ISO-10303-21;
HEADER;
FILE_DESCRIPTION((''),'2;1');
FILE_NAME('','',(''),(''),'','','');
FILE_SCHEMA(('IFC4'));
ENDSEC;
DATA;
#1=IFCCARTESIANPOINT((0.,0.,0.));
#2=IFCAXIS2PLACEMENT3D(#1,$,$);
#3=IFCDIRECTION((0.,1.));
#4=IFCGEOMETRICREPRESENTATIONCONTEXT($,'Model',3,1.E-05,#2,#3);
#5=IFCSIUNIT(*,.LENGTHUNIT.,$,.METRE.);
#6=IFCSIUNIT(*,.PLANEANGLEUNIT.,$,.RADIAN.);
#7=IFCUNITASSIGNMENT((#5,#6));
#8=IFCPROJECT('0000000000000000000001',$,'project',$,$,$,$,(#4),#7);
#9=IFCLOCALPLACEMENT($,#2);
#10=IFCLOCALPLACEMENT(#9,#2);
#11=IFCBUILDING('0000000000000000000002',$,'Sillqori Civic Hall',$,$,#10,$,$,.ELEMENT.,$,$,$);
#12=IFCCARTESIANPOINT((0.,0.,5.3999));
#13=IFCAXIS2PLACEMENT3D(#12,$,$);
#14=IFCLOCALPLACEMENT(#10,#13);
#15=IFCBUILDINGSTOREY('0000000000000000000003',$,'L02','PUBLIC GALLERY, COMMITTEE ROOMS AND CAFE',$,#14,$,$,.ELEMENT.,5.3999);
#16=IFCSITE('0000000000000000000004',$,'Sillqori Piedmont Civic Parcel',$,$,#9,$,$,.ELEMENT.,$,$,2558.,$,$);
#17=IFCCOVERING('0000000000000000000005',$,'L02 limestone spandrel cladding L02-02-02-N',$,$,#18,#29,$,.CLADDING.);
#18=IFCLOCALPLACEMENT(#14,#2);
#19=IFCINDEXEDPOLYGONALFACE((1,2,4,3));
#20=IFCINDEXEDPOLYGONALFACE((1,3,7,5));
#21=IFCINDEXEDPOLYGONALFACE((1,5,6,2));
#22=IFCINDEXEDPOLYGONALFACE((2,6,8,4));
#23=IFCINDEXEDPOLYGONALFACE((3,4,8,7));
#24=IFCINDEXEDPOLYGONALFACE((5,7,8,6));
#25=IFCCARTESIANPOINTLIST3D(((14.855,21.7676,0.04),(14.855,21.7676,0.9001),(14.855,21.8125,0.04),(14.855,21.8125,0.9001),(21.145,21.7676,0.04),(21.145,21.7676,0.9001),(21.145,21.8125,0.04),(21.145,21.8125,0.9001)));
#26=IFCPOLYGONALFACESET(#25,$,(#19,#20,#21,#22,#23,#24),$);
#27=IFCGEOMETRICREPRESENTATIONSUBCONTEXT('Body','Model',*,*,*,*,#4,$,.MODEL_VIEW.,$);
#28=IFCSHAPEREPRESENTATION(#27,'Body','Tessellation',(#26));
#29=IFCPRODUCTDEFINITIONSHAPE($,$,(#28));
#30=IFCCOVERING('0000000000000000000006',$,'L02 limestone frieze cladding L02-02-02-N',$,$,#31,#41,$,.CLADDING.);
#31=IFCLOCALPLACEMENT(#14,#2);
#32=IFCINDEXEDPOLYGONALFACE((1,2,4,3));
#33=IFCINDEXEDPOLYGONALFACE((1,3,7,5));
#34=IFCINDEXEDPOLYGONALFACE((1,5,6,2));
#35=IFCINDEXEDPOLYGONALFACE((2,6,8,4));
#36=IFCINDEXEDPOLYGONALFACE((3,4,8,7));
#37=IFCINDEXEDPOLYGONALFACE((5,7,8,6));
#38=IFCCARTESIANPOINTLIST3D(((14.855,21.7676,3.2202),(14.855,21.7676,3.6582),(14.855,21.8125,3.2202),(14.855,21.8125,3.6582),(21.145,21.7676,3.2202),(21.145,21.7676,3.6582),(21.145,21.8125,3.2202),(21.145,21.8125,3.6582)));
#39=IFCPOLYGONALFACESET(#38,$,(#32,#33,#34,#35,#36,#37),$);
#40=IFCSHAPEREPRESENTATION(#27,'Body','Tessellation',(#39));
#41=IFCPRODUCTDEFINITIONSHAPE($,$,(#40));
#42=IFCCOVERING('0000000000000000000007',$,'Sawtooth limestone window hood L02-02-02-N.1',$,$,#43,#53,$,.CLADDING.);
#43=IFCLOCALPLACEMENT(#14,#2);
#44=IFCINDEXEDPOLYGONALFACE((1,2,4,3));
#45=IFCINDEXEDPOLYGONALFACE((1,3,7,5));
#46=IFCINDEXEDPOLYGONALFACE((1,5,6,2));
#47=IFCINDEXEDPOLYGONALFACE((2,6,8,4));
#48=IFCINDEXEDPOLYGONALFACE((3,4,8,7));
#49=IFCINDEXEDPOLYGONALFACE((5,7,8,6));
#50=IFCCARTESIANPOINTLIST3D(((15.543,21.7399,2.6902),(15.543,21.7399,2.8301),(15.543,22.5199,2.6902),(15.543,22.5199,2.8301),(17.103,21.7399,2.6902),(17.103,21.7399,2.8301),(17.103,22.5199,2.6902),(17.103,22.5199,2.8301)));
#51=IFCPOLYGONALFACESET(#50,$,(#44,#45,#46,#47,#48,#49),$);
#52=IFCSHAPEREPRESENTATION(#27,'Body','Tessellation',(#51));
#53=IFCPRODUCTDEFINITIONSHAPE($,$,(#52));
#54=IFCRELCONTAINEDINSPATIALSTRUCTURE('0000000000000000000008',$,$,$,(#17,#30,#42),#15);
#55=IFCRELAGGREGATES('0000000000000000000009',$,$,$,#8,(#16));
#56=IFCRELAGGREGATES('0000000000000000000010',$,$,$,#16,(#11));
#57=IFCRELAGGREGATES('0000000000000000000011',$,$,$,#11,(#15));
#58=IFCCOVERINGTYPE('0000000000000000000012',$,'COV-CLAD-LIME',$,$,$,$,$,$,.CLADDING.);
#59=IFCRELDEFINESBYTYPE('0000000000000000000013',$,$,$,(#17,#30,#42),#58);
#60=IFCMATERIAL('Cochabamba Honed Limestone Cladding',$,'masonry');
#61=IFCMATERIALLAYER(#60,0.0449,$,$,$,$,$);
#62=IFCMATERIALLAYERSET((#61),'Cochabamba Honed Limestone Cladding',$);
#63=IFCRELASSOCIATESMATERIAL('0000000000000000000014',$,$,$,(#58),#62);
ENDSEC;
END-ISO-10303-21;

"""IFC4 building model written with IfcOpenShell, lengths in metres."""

from ifc_helpers import new_model, si_unit, direction, frame, frame_2d, origin, place, context, subcontext, project, spatial, rectangle, extrude, material, layer, layer_set, type_object, element, save


model = new_model("IFC4")

# Units and contexts
model_context = context("Model", 3, precision=1e-05, world=origin(), true_north=direction((0.0, 1.0)))
body_context = subcontext(model_context, "Body", "Model", "MODEL_VIEW")
ifc_project = project(units=[si_unit("LENGTHUNIT", "METRE"), si_unit("PLANEANGLEUNIT", "RADIAN")], contexts=[model_context])

# Site, building, storey
site_placement = place(None, origin())
site = spatial("IfcSite", under=ifc_project, at=site_placement, Name="Sillqori Piedmont Civic Parcel", CompositionType="ELEMENT", RefElevation=2558.0)
building_placement = place(site_placement, origin())
building = spatial("IfcBuilding", under=site, at=building_placement, Name="Sillqori Civic Hall", CompositionType="ELEMENT")
storey_placement = place(building_placement, frame((0.0, 0.0, 5.3999)))
storey = spatial("IfcBuildingStorey", under=building, at=storey_placement, Name="L02", Description="PUBLIC GALLERY, COMMITTEE ROOMS AND CAFE", CompositionType="ELEMENT", Elevation=5.3999)

# Coverings
ifc_material_1 = material(Name="Cochabamba Honed Limestone Cladding", Category="masonry")
ifc_layer_1 = layer(ifc_material_1, 0.0449)
ifc_layer_set_1 = layer_set([ifc_layer_1], Name="Cochabamba Honed Limestone Cladding")
covering_type = type_object("IfcCoveringType", Name="COV-CLAD-LIME", PredefinedType="CLADDING", material=ifc_layer_set_1)
covering_1_placement = place(storey_placement, frame((14.855, 21.79, 0.04), z_axis=(0.0, 0.0, 1.0), x_axis=(1.0, 0.0, 0.0)))
element("IfcCovering", 1, at=covering_1_placement, inside=storey, type_object=covering_type, Name="L02 limestone spandrel cladding L02-02-02-N", PredefinedType="CLADDING", context=body_context, shape_type="SweptSolid", body=[
    extrude(rectangle(XDim=6.29, YDim=0.0449, at=frame_2d((3.145, 0.0))), origin(), (0.0, 0.0, 1.0), 0.8601),
])
covering_2_placement = place(storey_placement, frame((14.855, 21.79, 3.2202), z_axis=(0.0, 0.0, 1.0), x_axis=(1.0, 0.0, 0.0)))
element("IfcCovering", 2, at=covering_2_placement, inside=storey, type_object=covering_type, Name="L02 limestone frieze cladding L02-02-02-N", PredefinedType="CLADDING", context=body_context, shape_type="SweptSolid", body=[
    extrude(rectangle(XDim=6.29, YDim=0.0449, at=frame_2d((3.145, 0.0))), origin(), (0.0, 0.0, 1.0), 0.438),
])
covering_3_placement = place(storey_placement, frame((15.543, 22.1299, 2.6902), z_axis=(0.0, 0.0, 1.0), x_axis=(1.0, 0.0, 0.0)))
element("IfcCovering", 3, at=covering_3_placement, inside=storey, type_object=covering_type, Name="Sawtooth limestone window hood L02-02-02-N.1", PredefinedType="CLADDING", context=body_context, shape_type="SweptSolid", body=[
    extrude(rectangle(XDim=1.5601, YDim=0.78, at=frame_2d((0.78, 0.0))), origin(), (0.0, 0.0, 1.0), 0.1399),
])

save(model, "model.ifc")
